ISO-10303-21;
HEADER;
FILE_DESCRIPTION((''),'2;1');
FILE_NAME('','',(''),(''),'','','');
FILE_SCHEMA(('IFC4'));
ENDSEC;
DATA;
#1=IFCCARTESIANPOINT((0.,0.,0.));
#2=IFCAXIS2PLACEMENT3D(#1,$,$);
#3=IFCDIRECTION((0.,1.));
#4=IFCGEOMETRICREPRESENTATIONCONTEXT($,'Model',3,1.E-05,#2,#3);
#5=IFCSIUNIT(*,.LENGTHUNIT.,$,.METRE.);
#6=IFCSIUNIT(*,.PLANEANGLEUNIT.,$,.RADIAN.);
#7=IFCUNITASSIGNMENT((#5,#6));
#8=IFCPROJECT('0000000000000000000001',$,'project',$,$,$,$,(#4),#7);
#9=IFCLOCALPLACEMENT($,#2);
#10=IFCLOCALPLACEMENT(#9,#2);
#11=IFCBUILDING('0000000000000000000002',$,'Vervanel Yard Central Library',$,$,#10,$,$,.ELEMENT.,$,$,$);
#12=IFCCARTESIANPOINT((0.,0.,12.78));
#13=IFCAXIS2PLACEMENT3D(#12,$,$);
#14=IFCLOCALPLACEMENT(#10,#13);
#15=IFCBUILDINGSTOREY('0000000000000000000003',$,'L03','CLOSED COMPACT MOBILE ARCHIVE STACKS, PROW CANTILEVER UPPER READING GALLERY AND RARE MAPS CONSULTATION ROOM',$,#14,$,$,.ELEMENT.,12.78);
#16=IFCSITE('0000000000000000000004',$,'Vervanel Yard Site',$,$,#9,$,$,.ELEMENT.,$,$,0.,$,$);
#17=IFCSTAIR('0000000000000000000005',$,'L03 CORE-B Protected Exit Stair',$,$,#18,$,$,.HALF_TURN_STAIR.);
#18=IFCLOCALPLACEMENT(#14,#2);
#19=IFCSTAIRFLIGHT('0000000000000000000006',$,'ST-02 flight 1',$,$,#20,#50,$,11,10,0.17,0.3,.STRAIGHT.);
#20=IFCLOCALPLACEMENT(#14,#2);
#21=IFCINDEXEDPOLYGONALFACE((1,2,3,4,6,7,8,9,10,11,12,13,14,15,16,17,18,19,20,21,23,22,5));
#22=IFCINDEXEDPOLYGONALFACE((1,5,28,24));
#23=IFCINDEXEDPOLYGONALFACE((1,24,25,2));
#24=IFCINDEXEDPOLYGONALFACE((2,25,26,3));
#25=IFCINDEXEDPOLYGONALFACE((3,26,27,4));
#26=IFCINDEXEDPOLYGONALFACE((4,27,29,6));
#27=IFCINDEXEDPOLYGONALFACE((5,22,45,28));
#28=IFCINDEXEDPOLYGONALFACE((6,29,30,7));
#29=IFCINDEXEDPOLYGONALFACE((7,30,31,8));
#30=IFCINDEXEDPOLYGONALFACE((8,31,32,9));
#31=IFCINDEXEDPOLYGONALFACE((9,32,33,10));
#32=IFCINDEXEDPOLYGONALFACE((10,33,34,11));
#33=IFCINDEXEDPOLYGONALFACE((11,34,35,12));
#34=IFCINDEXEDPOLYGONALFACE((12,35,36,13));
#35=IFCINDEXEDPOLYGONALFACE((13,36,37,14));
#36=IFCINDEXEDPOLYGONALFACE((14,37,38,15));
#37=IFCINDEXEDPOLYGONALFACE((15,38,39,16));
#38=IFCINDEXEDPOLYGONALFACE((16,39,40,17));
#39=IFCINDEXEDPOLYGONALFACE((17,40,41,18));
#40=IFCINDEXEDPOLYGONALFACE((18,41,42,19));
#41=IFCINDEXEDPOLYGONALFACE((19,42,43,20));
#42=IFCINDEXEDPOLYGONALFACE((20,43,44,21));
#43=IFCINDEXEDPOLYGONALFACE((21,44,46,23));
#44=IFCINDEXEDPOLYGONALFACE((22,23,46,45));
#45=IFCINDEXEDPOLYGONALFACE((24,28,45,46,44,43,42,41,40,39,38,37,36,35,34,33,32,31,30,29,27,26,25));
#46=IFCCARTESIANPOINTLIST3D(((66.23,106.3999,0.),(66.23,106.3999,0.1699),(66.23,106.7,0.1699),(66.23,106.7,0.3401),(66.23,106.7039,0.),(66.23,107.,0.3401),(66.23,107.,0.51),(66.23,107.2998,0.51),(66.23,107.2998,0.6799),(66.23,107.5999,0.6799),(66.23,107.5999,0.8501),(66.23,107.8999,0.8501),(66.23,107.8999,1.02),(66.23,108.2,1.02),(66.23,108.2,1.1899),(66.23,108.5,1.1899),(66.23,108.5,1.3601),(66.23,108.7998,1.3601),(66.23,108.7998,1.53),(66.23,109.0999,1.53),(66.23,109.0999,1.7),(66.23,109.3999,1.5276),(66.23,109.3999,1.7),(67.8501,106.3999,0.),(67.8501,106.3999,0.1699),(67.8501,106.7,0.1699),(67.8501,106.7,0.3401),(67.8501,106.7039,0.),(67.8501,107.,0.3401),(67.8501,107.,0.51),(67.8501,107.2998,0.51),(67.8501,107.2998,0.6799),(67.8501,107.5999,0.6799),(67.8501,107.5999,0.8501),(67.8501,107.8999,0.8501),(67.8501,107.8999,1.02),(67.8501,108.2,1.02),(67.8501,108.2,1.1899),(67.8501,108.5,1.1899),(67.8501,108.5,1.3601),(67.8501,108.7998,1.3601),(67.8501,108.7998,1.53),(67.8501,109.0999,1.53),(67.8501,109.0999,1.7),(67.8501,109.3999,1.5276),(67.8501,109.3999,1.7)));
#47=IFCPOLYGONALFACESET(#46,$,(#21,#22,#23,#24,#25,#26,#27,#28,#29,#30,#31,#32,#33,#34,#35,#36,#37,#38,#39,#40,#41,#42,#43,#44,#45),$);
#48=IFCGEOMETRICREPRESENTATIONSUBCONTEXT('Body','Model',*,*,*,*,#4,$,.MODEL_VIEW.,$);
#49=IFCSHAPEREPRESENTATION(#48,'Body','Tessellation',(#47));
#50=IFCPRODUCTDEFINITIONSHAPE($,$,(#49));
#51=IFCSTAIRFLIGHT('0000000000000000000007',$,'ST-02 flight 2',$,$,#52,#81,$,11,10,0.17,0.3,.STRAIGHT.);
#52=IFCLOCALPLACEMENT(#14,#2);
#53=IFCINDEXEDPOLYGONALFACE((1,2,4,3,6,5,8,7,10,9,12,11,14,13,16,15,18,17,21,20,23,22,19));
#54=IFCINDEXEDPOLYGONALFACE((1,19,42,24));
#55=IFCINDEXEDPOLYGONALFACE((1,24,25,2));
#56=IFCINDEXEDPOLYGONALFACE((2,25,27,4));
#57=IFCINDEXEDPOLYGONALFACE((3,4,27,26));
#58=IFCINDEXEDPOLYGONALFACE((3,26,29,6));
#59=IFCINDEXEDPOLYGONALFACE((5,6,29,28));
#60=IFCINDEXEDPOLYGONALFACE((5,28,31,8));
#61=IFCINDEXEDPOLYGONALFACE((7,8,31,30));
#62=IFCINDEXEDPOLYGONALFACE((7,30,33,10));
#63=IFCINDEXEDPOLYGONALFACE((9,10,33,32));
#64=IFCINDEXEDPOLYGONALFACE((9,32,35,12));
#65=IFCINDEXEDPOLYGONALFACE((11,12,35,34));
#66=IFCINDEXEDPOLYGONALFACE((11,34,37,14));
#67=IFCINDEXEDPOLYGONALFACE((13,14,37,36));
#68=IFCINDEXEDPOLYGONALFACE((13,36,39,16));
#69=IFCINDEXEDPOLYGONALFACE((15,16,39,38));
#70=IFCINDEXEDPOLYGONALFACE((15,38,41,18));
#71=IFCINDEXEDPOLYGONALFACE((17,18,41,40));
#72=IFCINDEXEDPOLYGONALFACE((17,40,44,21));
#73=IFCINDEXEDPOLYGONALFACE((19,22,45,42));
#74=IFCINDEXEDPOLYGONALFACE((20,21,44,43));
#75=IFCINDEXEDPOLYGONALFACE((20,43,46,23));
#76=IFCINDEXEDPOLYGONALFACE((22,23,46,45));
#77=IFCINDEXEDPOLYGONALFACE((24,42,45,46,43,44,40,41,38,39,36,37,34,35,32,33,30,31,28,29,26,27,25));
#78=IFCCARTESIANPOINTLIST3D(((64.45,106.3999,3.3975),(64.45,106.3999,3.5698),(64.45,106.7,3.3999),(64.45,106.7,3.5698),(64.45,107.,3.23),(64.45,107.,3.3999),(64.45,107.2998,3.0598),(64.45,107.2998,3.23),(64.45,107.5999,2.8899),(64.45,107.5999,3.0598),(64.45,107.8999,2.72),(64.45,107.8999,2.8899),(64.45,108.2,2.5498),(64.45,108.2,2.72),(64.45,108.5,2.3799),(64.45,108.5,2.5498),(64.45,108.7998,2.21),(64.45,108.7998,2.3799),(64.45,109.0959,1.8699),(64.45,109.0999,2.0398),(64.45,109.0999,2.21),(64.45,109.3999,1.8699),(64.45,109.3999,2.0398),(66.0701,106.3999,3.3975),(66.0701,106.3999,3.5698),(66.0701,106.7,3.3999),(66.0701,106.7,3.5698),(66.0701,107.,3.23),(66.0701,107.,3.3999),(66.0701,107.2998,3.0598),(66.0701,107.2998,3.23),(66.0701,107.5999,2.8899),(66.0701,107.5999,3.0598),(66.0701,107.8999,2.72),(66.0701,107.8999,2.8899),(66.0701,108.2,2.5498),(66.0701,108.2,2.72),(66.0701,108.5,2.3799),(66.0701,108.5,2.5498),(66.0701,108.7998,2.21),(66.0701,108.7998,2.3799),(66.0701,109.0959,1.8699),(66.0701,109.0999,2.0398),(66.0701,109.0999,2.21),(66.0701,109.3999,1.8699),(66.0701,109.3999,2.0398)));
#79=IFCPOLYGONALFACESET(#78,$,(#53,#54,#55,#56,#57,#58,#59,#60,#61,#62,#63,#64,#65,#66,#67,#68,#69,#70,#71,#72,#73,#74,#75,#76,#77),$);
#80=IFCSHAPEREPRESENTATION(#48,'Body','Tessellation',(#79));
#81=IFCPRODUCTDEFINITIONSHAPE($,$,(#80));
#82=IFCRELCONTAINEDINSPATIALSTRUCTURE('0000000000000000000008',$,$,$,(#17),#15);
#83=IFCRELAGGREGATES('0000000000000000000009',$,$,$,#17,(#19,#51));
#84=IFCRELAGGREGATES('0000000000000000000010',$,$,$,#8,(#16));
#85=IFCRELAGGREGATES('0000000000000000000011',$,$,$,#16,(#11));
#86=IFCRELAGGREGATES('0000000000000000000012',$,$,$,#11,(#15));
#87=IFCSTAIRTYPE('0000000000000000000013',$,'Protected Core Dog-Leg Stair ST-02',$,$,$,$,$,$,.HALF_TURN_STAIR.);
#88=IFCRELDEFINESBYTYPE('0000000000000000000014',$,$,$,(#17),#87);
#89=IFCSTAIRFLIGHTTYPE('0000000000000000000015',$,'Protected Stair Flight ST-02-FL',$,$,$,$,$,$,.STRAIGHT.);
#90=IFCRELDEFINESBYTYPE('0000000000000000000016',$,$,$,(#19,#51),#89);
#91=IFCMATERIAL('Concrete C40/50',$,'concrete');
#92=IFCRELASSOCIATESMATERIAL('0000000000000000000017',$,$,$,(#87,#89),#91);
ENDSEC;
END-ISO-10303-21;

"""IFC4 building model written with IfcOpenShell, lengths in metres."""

from ifc_helpers import new_model, si_unit, direction, frame, origin, place, context, subcontext, project, spatial, polyline, outline, extrude, material, type_object, element, aggregate, save


model = new_model("IFC4")

# Units and contexts
model_context = context("Model", 3, precision=1e-05, world=origin(), true_north=direction((0.0, 1.0)))
body_context = subcontext(model_context, "Body", "Model", "MODEL_VIEW")
ifc_project = project(units=[si_unit("LENGTHUNIT", "METRE"), si_unit("PLANEANGLEUNIT", "RADIAN")], contexts=[model_context])

# Site, building, storey
site_placement = place(None, origin())
site = spatial("IfcSite", under=ifc_project, at=site_placement, Name="Vervanel Yard Site", CompositionType="ELEMENT", RefElevation=0.0)
building_placement = place(site_placement, origin())
building = spatial("IfcBuilding", under=site, at=building_placement, Name="Vervanel Yard Central Library", CompositionType="ELEMENT")
storey_placement = place(building_placement, frame((0.0, 0.0, 12.78)))
storey = spatial("IfcBuildingStorey", under=building, at=storey_placement, Name="L03", Description="CLOSED COMPACT MOBILE ARCHIVE STACKS, PROW CANTILEVER UPPER READING GALLERY AND RARE MAPS CONSULTATION ROOM", CompositionType="ELEMENT", Elevation=12.78)

# Shared definitions
ifc_material_1 = material(Name="Concrete C40/50", Category="concrete")

# Stair, stair flights
stair_type = type_object("IfcStairType", Name="Protected Core Dog-Leg Stair ST-02", PredefinedType="HALF_TURN_STAIR", material=ifc_material_1)
stair_placement = place(storey_placement, origin())
stair = element("IfcStair", 1, at=stair_placement, inside=storey, type_object=stair_type, Name="L03 CORE-B Protected Exit Stair", PredefinedType="HALF_TURN_STAIR")
stair_flight_type = type_object("IfcStairFlightType", Name="Protected Stair Flight ST-02-FL", PredefinedType="STRAIGHT", material=ifc_material_1)
stair_flight_1_placement = place(storey_placement, frame((67.04, 106.3999, 0.0), z_axis=(0.0, 0.0, 1.0), x_axis=(0.0, 1.0, 0.0)))
stair_flight_1 = element("IfcStairFlight", 2, at=stair_flight_1_placement, type_object=stair_flight_type, Name="ST-02 flight 1", NumberOfRisers=11, NumberOfTreads=10, PredefinedType="STRAIGHT", RiserHeight=0.17, TreadLength=0.3, context=body_context, shape_type="SweptSolid", body=[
    extrude(outline(polyline([(0.0, 0.0), (0.0, 0.1699), (0.3, 0.1699), (0.3, 0.3401), (0.6001, 0.3401), (0.6001, 0.51), (0.8999, 0.51), (0.8999, 0.6799), (1.2, 0.6799), (1.2, 0.8501), (1.5, 0.8501), (1.5, 1.02), (1.8, 1.02), (1.8, 1.1899), (2.1001, 1.1899), (2.1001, 1.3601), (2.3999, 1.3601), (2.3999, 1.53), (2.7, 1.53), (2.7, 1.7), (3.0, 1.7), (3.0, 1.8701), (3.0, 1.5276), (0.304, 0.0), (0.0, 0.0)])), frame((0.0, 0.8101, 0.0), z_axis=(0.0, -1.0, 0.0), x_axis=(1.0, 0.0, 0.0)), (0.0, 0.0, 1.0), 1.6201),
])
stair_flight_2_placement = place(storey_placement, frame((65.26, 109.3999, 1.8699), z_axis=(0.0, 0.0, 1.0), x_axis=(0.0, -1.0, 0.0)))
stair_flight_2 = element("IfcStairFlight", 3, at=stair_flight_2_placement, type_object=stair_flight_type, Name="ST-02 flight 2", NumberOfRisers=11, NumberOfTreads=10, PredefinedType="STRAIGHT", RiserHeight=0.17, TreadLength=0.3, context=body_context, shape_type="SweptSolid", body=[
    extrude(outline(polyline([(0.0, 0.0), (0.0, 0.1699), (0.3, 0.1699), (0.3, 0.3401), (0.6001, 0.3401), (0.6001, 0.51), (0.8999, 0.51), (0.8999, 0.6799), (1.2, 0.6799), (1.2, 0.8501), (1.5, 0.8501), (1.5, 1.02), (1.8, 1.02), (1.8, 1.1899), (2.1001, 1.1899), (2.1001, 1.3601), (2.3999, 1.3601), (2.3999, 1.53), (2.7, 1.53), (2.7, 1.7), (3.0, 1.7), (3.0, 1.8701), (3.0, 1.5276), (0.304, 0.0), (0.0, 0.0)])), frame((0.0, 0.8101, 0.0), z_axis=(0.0, -1.0, 0.0), x_axis=(1.0, 0.0, 0.0)), (0.0, 0.0, 1.0), 1.6201),
])
aggregate(stair, [stair_flight_1, stair_flight_2])

save(model, "model.ifc")
